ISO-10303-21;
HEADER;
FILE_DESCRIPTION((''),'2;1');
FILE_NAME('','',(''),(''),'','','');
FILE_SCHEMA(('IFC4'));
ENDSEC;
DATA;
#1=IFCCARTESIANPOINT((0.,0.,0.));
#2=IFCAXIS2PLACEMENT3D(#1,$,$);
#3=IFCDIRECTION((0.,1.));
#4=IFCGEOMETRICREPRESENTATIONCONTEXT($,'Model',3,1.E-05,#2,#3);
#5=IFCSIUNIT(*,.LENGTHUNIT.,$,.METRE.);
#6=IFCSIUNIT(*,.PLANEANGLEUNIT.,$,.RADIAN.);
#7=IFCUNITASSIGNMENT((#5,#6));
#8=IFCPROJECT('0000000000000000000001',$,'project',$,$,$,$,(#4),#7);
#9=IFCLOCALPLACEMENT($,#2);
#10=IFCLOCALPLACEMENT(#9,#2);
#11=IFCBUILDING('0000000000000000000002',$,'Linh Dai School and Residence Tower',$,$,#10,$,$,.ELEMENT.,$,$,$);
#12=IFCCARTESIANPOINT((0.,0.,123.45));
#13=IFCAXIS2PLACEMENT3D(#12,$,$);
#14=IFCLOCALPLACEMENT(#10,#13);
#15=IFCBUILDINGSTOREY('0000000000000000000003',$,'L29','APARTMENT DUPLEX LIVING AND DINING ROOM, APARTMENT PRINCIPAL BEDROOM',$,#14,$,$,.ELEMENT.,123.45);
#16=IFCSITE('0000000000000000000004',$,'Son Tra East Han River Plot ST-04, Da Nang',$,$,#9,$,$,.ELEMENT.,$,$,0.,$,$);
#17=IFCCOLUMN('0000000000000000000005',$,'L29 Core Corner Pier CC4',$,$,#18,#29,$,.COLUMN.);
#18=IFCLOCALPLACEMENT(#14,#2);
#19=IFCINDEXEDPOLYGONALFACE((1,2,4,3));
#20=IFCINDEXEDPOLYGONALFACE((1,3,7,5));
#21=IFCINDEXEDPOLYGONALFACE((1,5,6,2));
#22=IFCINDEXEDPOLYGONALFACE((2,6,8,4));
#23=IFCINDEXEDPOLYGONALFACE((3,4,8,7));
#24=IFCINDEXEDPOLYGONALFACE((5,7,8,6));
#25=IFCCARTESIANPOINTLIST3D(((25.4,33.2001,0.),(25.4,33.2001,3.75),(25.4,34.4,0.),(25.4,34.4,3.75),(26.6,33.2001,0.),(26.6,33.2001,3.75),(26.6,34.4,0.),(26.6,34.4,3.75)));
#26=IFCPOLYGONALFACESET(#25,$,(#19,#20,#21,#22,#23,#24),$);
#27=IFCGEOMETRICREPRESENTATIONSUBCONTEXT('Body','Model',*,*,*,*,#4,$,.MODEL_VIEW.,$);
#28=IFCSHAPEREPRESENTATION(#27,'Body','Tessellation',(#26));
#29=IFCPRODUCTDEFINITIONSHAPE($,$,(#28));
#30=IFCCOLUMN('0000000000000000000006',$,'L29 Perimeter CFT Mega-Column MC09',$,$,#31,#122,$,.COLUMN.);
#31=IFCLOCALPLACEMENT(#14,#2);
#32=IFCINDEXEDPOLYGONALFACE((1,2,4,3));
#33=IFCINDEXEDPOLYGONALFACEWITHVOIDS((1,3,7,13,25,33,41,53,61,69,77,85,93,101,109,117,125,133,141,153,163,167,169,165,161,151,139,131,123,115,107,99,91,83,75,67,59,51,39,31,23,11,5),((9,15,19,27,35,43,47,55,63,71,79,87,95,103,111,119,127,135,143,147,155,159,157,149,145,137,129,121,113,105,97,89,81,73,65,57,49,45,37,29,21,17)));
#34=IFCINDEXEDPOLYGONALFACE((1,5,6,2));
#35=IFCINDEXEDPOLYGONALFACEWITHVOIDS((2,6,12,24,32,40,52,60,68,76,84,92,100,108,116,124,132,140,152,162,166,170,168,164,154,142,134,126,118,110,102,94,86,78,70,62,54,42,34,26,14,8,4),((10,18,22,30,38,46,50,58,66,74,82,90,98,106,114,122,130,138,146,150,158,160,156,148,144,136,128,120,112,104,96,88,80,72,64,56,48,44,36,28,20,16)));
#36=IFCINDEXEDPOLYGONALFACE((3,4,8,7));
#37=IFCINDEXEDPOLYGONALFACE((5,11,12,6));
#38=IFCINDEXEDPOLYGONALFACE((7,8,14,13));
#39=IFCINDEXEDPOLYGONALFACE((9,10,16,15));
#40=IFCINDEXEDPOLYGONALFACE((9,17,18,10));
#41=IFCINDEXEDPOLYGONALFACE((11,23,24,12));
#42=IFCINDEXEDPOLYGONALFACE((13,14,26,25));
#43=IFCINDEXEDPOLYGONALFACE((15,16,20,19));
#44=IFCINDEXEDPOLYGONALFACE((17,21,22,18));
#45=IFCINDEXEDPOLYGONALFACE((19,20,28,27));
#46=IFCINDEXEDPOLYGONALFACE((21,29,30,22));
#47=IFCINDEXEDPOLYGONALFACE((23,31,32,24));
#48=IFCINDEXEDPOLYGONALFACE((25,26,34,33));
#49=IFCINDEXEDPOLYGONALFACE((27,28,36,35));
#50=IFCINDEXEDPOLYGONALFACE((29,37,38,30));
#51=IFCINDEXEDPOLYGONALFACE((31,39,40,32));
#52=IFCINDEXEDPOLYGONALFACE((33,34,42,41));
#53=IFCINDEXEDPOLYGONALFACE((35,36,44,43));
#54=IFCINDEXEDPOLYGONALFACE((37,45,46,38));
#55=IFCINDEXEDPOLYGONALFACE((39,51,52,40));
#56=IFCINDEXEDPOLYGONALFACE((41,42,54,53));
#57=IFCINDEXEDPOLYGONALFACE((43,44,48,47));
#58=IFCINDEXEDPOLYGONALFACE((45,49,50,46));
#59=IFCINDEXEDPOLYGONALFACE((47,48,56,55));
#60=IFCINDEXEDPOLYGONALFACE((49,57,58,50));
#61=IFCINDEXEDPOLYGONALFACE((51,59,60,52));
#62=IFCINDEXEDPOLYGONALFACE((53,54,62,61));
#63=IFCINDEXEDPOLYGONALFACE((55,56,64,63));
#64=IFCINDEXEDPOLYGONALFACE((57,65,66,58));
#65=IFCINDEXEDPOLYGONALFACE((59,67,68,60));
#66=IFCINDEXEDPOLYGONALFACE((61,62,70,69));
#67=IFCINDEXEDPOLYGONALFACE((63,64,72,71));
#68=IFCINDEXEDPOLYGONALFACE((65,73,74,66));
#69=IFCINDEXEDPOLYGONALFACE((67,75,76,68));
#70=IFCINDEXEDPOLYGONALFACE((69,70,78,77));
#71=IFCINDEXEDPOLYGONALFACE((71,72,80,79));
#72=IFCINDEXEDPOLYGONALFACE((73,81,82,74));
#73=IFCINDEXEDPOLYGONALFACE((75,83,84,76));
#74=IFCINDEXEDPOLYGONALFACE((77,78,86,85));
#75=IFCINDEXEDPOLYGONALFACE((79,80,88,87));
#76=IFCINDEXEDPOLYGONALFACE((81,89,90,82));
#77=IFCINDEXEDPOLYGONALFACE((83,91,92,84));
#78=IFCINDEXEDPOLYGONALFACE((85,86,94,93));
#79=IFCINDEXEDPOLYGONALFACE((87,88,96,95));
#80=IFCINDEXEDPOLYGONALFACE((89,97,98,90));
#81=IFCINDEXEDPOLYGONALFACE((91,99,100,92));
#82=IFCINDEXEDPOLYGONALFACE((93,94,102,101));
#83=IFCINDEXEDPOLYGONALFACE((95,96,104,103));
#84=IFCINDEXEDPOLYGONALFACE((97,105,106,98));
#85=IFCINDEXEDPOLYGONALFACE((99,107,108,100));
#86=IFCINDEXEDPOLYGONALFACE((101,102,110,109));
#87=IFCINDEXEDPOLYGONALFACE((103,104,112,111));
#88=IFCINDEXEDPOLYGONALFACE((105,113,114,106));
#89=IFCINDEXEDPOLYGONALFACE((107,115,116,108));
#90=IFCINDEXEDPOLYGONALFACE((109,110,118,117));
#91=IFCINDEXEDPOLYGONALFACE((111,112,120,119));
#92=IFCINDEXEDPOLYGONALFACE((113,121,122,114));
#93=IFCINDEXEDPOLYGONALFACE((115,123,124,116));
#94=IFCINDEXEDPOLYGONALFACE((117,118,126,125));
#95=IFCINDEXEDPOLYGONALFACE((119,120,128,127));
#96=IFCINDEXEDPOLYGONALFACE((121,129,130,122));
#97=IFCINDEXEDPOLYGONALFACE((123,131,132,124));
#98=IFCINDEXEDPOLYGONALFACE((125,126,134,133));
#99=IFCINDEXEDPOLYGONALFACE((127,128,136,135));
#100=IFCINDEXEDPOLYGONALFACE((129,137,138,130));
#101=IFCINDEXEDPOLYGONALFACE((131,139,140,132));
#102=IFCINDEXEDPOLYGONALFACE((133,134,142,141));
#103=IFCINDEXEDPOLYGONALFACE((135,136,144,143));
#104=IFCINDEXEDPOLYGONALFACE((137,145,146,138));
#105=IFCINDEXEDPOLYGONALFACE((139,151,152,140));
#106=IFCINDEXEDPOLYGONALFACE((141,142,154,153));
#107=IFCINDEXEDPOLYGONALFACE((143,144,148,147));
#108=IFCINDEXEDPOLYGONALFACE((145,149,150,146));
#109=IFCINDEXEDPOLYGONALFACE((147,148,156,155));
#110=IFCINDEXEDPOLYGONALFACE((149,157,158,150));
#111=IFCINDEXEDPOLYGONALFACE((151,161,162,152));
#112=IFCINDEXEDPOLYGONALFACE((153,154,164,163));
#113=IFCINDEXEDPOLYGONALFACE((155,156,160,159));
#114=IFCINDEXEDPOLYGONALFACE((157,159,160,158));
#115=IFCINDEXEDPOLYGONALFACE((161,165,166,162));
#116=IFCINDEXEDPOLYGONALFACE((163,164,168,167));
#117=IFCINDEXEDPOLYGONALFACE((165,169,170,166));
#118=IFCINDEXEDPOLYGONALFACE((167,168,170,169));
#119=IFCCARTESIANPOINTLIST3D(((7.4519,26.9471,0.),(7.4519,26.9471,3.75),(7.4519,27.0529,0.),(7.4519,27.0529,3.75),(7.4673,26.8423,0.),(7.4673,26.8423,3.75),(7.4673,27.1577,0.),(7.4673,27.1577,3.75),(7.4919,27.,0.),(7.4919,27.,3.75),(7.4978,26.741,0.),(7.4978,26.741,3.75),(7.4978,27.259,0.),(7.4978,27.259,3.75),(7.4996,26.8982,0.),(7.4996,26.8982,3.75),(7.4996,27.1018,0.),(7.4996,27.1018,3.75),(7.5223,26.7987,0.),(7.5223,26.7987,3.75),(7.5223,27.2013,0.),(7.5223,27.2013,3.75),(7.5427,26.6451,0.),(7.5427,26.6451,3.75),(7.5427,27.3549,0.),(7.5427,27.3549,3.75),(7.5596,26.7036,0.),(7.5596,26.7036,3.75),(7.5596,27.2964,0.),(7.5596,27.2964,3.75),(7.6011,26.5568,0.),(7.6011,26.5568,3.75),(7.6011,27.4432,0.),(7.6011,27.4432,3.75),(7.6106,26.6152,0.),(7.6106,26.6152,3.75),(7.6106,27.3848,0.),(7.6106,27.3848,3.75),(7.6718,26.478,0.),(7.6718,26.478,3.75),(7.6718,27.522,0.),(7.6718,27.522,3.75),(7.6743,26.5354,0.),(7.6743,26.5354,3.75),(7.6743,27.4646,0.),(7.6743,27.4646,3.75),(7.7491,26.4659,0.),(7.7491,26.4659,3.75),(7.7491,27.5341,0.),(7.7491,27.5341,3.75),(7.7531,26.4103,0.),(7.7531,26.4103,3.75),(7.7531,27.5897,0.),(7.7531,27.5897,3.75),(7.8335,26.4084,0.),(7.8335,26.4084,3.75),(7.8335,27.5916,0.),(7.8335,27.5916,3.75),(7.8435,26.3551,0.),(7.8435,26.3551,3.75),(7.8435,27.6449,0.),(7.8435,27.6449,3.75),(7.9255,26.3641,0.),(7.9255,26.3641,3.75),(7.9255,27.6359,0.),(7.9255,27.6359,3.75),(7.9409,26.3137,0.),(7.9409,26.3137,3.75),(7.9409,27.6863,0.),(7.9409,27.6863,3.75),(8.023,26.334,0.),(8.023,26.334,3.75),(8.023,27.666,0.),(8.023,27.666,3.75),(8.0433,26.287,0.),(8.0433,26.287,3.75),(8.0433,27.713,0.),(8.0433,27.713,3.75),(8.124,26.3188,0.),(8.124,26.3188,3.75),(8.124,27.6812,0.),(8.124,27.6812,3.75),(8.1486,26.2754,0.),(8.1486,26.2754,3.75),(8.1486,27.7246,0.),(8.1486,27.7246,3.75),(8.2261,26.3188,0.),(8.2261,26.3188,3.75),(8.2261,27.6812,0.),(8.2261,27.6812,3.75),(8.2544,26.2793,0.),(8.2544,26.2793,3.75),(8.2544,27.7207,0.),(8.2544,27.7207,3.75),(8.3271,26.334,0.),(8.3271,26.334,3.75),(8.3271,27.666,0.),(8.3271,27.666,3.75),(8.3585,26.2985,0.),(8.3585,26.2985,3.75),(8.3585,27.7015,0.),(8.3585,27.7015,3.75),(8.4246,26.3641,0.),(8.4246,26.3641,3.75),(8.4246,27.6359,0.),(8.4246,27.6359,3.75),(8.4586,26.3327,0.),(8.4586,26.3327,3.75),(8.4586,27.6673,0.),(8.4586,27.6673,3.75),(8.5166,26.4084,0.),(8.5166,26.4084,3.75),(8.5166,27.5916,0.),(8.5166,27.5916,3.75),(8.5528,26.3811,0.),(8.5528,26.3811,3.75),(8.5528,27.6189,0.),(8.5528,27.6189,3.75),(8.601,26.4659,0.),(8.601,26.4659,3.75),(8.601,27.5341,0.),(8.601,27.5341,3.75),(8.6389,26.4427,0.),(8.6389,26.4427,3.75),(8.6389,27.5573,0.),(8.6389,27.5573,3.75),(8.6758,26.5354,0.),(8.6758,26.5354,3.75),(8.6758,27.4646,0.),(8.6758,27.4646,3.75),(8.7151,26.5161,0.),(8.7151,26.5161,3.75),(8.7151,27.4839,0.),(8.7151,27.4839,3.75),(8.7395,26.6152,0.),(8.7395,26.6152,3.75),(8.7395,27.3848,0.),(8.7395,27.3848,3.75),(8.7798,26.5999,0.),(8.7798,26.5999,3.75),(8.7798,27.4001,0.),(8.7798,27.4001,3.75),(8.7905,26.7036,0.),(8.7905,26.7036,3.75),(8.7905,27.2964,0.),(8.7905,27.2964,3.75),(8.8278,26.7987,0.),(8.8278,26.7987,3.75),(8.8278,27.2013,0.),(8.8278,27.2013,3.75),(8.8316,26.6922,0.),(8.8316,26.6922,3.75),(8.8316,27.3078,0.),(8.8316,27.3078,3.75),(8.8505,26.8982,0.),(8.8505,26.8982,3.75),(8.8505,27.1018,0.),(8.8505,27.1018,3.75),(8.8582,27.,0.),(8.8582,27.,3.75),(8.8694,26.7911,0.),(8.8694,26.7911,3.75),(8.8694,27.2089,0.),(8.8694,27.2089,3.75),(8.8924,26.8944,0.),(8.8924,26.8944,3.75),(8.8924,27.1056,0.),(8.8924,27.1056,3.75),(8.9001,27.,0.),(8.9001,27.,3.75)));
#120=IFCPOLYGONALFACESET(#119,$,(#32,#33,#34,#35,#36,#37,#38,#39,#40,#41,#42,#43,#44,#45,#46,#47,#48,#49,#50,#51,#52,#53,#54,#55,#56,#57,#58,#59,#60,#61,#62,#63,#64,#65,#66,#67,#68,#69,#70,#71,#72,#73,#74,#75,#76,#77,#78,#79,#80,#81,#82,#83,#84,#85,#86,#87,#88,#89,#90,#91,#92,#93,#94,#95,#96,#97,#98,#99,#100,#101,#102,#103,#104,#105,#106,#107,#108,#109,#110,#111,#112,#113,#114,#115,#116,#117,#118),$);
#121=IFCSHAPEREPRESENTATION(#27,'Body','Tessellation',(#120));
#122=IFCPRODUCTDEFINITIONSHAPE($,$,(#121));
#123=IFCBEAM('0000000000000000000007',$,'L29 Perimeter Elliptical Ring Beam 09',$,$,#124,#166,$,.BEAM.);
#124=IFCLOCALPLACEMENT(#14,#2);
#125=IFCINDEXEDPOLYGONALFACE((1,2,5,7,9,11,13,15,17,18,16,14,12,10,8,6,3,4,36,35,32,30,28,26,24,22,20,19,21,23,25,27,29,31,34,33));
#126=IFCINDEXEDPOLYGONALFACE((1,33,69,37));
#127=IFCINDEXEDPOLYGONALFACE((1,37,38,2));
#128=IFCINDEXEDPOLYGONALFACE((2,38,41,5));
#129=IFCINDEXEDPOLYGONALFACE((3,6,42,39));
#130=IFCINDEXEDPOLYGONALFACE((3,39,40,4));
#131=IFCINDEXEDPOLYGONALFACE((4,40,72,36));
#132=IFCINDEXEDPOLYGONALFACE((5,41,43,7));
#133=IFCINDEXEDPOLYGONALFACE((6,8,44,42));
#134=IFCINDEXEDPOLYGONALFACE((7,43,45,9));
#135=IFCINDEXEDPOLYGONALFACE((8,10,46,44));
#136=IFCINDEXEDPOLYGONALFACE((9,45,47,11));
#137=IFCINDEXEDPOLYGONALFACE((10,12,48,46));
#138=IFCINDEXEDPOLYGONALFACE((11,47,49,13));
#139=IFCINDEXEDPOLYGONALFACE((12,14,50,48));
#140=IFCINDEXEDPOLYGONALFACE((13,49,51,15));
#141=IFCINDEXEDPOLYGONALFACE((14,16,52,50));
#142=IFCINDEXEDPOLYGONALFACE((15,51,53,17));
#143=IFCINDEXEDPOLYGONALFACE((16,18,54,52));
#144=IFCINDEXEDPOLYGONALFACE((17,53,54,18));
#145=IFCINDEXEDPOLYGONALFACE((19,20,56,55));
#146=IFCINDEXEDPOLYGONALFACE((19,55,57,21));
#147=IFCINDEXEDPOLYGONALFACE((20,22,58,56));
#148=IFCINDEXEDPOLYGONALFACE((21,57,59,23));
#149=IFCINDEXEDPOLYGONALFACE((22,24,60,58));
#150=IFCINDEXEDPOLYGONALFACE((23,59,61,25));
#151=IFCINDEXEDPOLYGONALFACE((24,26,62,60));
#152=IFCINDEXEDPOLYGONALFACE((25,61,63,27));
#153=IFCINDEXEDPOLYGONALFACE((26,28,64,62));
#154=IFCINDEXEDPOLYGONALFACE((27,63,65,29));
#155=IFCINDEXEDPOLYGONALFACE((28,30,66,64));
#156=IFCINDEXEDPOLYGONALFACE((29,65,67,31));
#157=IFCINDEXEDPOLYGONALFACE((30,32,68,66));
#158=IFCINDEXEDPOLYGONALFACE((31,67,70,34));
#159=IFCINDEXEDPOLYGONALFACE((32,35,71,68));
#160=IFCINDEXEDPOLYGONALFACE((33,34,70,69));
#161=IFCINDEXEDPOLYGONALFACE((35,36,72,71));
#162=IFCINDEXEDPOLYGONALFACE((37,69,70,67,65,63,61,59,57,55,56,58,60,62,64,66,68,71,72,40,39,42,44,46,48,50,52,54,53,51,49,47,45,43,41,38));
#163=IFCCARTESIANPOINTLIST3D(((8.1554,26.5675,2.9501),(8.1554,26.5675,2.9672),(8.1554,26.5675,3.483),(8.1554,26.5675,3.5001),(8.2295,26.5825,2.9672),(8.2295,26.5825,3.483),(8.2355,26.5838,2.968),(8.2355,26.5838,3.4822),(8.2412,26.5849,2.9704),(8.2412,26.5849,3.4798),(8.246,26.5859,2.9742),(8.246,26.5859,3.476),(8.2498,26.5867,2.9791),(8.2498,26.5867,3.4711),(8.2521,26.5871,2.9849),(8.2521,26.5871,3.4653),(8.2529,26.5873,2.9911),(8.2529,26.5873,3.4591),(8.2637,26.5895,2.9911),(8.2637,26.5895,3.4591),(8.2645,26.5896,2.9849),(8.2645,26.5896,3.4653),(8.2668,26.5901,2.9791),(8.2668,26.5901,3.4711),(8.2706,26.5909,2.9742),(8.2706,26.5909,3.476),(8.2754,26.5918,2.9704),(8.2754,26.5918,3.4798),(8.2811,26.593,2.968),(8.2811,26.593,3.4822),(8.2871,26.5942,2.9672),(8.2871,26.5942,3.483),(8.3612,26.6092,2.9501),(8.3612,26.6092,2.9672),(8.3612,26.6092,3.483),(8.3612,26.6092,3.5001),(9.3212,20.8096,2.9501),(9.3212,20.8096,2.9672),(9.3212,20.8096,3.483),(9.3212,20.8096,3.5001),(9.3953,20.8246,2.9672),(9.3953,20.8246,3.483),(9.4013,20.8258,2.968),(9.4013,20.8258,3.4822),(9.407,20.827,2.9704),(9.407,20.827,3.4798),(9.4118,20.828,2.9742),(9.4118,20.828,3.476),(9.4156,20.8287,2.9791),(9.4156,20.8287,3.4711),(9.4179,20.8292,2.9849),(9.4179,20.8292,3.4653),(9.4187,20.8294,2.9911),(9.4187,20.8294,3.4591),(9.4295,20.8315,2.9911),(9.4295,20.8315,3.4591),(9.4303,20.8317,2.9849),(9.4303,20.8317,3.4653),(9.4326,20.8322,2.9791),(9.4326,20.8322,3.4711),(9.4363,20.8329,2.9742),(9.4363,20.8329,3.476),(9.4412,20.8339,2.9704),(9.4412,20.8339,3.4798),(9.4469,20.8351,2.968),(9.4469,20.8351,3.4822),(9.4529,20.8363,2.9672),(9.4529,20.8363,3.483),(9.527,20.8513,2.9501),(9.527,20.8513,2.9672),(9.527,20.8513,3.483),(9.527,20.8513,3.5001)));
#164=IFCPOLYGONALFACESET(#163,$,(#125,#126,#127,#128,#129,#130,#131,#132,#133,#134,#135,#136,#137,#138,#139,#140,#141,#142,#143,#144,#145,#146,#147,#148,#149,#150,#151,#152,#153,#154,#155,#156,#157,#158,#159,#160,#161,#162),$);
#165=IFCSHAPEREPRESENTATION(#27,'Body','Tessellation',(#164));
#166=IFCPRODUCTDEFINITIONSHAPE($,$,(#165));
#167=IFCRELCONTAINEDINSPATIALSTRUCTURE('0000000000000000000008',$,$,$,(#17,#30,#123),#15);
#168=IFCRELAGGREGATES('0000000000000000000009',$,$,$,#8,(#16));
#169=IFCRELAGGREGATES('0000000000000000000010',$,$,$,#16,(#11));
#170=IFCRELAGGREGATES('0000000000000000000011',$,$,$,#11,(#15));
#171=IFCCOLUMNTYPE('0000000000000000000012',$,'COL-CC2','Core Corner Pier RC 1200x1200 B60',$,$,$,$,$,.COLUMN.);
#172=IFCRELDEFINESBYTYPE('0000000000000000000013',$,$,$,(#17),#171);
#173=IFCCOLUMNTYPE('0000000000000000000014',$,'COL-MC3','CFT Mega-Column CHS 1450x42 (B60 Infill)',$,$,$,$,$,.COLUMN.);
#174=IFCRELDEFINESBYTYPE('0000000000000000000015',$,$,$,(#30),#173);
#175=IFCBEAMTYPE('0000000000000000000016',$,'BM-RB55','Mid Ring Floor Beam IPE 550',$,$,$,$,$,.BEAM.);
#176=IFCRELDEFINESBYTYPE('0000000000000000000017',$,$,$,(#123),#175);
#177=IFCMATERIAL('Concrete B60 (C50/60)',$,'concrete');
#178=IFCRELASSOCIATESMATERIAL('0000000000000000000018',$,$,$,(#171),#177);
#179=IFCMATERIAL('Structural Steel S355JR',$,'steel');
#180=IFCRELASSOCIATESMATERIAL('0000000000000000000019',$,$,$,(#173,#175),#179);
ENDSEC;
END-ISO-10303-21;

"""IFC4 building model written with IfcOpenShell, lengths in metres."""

from ifc_helpers import new_model, si_unit, direction, frame, origin, origin_2d, place, context, subcontext, project, spatial, rectangle, hollow_circle, i_section, extrude, material, material_profile, profile_set, type_object, element, save


model = new_model("IFC4")

# Units and contexts
model_context = context("Model", 3, precision=1e-05, world=origin(), true_north=direction((0.0, 1.0)))
body_context = subcontext(model_context, "Body", "Model", "MODEL_VIEW")
ifc_project = project(units=[si_unit("LENGTHUNIT", "METRE"), si_unit("PLANEANGLEUNIT", "RADIAN")], contexts=[model_context])

# Site, building, storey
site_placement = place(None, origin())
site = spatial("IfcSite", under=ifc_project, at=site_placement, Name="Son Tra East Han River Plot ST-04, Da Nang", CompositionType="ELEMENT", RefElevation=0.0)
building_placement = place(site_placement, origin())
building = spatial("IfcBuilding", under=site, at=building_placement, Name="Linh Dai School and Residence Tower", CompositionType="ELEMENT")
storey_placement = place(building_placement, frame((0.0, 0.0, 123.45)))
storey = spatial("IfcBuildingStorey", under=building, at=storey_placement, Name="L29", Description="APARTMENT DUPLEX LIVING AND DINING ROOM, APARTMENT PRINCIPAL BEDROOM", CompositionType="ELEMENT", Elevation=123.45)

# Columns
ifc_material_1 = material(Name="Concrete B60 (C50/60)", Category="concrete")
ifc_material_profile_1 = material_profile(ifc_material_1, rectangle(XDim=1.2, YDim=1.2, at=origin_2d()), Name="RC 1200x1200")
ifc_profile_set_1 = profile_set([ifc_material_profile_1], Name="Concrete B60 (C50/60)")
column_type_1 = type_object("IfcColumnType", Name="COL-CC2", Description="Core Corner Pier RC 1200x1200 B60", PredefinedType="COLUMN", material=ifc_profile_set_1)
column_1_placement = place(storey_placement, frame((26.0, 33.8, 0.0), z_axis=(0.0, 0.0, 1.0), x_axis=(1.0, 0.0, 0.0)))
element("IfcColumn", 1, at=column_1_placement, inside=storey, type_object=column_type_1, Name="L29 Core Corner Pier CC4", PredefinedType="COLUMN", context=body_context, shape_type="SweptSolid", body=[
    extrude(rectangle(XDim=1.2, YDim=1.2, at=origin_2d()), origin(), (0.0, 0.0, 1.0), 3.75),
])
ifc_material_2 = material(Name="Structural Steel S355JR", Category="steel")
ifc_material_profile_2 = material_profile(ifc_material_2, hollow_circle(Radius=0.7251, WallThickness=0.042, at=origin_2d()), Name="CHS 1450x42")
ifc_profile_set_2 = profile_set([ifc_material_profile_2], Name="Structural Steel S355JR")
column_type_2 = type_object("IfcColumnType", Name="COL-MC3", Description="CFT Mega-Column CHS 1450x42 (B60 Infill)", PredefinedType="COLUMN", material=ifc_profile_set_2)
column_2_placement = place(storey_placement, frame((8.175, 27.0, 0.0), z_axis=(0.0, 0.0, 1.0), x_axis=(1.0, 0.0, 0.0)))
element("IfcColumn", 2, at=column_2_placement, inside=storey, type_object=column_type_2, Name="L29 Perimeter CFT Mega-Column MC09", PredefinedType="COLUMN", context=body_context, shape_type="SweptSolid", body=[
    extrude(hollow_circle(Radius=0.7251, WallThickness=0.042, at=origin_2d()), origin(), (0.0, 0.0, 1.0), 3.75),
])

# Beam
ifc_material_profile_3 = material_profile(ifc_material_2, i_section(OverallWidth=0.21, OverallDepth=0.55, WebThickness=0.011, FlangeThickness=0.0171, FilletRadius=0.0239, at=origin_2d()), Name="IPE 550")
ifc_profile_set_3 = profile_set([ifc_material_profile_3], Name="Structural Steel S355JR")
beam_type_1 = type_object("IfcBeamType", Name="BM-RB55", Description="Mid Ring Floor Beam IPE 550", PredefinedType="BEAM", material=ifc_profile_set_3)
beam_1_placement = place(storey_placement, frame((8.2583, 26.5884, 3.2251), z_axis=(0.198441, -0.980113, 0.0), x_axis=(0.980113, 0.198441, 0.0)))
element("IfcBeam", 3, at=beam_1_placement, inside=storey, type_object=beam_type_1, Name="L29 Perimeter Elliptical Ring Beam 09", PredefinedType="BEAM", context=body_context, shape_type="SweptSolid", body=[
    extrude(i_section(OverallWidth=0.21, OverallDepth=0.55, WebThickness=0.011, FlangeThickness=0.0171, FilletRadius=0.0239, at=origin_2d()), origin(), (0.0, 0.0, 1.0), 5.8748),
])

save(model, "model.ifc")
